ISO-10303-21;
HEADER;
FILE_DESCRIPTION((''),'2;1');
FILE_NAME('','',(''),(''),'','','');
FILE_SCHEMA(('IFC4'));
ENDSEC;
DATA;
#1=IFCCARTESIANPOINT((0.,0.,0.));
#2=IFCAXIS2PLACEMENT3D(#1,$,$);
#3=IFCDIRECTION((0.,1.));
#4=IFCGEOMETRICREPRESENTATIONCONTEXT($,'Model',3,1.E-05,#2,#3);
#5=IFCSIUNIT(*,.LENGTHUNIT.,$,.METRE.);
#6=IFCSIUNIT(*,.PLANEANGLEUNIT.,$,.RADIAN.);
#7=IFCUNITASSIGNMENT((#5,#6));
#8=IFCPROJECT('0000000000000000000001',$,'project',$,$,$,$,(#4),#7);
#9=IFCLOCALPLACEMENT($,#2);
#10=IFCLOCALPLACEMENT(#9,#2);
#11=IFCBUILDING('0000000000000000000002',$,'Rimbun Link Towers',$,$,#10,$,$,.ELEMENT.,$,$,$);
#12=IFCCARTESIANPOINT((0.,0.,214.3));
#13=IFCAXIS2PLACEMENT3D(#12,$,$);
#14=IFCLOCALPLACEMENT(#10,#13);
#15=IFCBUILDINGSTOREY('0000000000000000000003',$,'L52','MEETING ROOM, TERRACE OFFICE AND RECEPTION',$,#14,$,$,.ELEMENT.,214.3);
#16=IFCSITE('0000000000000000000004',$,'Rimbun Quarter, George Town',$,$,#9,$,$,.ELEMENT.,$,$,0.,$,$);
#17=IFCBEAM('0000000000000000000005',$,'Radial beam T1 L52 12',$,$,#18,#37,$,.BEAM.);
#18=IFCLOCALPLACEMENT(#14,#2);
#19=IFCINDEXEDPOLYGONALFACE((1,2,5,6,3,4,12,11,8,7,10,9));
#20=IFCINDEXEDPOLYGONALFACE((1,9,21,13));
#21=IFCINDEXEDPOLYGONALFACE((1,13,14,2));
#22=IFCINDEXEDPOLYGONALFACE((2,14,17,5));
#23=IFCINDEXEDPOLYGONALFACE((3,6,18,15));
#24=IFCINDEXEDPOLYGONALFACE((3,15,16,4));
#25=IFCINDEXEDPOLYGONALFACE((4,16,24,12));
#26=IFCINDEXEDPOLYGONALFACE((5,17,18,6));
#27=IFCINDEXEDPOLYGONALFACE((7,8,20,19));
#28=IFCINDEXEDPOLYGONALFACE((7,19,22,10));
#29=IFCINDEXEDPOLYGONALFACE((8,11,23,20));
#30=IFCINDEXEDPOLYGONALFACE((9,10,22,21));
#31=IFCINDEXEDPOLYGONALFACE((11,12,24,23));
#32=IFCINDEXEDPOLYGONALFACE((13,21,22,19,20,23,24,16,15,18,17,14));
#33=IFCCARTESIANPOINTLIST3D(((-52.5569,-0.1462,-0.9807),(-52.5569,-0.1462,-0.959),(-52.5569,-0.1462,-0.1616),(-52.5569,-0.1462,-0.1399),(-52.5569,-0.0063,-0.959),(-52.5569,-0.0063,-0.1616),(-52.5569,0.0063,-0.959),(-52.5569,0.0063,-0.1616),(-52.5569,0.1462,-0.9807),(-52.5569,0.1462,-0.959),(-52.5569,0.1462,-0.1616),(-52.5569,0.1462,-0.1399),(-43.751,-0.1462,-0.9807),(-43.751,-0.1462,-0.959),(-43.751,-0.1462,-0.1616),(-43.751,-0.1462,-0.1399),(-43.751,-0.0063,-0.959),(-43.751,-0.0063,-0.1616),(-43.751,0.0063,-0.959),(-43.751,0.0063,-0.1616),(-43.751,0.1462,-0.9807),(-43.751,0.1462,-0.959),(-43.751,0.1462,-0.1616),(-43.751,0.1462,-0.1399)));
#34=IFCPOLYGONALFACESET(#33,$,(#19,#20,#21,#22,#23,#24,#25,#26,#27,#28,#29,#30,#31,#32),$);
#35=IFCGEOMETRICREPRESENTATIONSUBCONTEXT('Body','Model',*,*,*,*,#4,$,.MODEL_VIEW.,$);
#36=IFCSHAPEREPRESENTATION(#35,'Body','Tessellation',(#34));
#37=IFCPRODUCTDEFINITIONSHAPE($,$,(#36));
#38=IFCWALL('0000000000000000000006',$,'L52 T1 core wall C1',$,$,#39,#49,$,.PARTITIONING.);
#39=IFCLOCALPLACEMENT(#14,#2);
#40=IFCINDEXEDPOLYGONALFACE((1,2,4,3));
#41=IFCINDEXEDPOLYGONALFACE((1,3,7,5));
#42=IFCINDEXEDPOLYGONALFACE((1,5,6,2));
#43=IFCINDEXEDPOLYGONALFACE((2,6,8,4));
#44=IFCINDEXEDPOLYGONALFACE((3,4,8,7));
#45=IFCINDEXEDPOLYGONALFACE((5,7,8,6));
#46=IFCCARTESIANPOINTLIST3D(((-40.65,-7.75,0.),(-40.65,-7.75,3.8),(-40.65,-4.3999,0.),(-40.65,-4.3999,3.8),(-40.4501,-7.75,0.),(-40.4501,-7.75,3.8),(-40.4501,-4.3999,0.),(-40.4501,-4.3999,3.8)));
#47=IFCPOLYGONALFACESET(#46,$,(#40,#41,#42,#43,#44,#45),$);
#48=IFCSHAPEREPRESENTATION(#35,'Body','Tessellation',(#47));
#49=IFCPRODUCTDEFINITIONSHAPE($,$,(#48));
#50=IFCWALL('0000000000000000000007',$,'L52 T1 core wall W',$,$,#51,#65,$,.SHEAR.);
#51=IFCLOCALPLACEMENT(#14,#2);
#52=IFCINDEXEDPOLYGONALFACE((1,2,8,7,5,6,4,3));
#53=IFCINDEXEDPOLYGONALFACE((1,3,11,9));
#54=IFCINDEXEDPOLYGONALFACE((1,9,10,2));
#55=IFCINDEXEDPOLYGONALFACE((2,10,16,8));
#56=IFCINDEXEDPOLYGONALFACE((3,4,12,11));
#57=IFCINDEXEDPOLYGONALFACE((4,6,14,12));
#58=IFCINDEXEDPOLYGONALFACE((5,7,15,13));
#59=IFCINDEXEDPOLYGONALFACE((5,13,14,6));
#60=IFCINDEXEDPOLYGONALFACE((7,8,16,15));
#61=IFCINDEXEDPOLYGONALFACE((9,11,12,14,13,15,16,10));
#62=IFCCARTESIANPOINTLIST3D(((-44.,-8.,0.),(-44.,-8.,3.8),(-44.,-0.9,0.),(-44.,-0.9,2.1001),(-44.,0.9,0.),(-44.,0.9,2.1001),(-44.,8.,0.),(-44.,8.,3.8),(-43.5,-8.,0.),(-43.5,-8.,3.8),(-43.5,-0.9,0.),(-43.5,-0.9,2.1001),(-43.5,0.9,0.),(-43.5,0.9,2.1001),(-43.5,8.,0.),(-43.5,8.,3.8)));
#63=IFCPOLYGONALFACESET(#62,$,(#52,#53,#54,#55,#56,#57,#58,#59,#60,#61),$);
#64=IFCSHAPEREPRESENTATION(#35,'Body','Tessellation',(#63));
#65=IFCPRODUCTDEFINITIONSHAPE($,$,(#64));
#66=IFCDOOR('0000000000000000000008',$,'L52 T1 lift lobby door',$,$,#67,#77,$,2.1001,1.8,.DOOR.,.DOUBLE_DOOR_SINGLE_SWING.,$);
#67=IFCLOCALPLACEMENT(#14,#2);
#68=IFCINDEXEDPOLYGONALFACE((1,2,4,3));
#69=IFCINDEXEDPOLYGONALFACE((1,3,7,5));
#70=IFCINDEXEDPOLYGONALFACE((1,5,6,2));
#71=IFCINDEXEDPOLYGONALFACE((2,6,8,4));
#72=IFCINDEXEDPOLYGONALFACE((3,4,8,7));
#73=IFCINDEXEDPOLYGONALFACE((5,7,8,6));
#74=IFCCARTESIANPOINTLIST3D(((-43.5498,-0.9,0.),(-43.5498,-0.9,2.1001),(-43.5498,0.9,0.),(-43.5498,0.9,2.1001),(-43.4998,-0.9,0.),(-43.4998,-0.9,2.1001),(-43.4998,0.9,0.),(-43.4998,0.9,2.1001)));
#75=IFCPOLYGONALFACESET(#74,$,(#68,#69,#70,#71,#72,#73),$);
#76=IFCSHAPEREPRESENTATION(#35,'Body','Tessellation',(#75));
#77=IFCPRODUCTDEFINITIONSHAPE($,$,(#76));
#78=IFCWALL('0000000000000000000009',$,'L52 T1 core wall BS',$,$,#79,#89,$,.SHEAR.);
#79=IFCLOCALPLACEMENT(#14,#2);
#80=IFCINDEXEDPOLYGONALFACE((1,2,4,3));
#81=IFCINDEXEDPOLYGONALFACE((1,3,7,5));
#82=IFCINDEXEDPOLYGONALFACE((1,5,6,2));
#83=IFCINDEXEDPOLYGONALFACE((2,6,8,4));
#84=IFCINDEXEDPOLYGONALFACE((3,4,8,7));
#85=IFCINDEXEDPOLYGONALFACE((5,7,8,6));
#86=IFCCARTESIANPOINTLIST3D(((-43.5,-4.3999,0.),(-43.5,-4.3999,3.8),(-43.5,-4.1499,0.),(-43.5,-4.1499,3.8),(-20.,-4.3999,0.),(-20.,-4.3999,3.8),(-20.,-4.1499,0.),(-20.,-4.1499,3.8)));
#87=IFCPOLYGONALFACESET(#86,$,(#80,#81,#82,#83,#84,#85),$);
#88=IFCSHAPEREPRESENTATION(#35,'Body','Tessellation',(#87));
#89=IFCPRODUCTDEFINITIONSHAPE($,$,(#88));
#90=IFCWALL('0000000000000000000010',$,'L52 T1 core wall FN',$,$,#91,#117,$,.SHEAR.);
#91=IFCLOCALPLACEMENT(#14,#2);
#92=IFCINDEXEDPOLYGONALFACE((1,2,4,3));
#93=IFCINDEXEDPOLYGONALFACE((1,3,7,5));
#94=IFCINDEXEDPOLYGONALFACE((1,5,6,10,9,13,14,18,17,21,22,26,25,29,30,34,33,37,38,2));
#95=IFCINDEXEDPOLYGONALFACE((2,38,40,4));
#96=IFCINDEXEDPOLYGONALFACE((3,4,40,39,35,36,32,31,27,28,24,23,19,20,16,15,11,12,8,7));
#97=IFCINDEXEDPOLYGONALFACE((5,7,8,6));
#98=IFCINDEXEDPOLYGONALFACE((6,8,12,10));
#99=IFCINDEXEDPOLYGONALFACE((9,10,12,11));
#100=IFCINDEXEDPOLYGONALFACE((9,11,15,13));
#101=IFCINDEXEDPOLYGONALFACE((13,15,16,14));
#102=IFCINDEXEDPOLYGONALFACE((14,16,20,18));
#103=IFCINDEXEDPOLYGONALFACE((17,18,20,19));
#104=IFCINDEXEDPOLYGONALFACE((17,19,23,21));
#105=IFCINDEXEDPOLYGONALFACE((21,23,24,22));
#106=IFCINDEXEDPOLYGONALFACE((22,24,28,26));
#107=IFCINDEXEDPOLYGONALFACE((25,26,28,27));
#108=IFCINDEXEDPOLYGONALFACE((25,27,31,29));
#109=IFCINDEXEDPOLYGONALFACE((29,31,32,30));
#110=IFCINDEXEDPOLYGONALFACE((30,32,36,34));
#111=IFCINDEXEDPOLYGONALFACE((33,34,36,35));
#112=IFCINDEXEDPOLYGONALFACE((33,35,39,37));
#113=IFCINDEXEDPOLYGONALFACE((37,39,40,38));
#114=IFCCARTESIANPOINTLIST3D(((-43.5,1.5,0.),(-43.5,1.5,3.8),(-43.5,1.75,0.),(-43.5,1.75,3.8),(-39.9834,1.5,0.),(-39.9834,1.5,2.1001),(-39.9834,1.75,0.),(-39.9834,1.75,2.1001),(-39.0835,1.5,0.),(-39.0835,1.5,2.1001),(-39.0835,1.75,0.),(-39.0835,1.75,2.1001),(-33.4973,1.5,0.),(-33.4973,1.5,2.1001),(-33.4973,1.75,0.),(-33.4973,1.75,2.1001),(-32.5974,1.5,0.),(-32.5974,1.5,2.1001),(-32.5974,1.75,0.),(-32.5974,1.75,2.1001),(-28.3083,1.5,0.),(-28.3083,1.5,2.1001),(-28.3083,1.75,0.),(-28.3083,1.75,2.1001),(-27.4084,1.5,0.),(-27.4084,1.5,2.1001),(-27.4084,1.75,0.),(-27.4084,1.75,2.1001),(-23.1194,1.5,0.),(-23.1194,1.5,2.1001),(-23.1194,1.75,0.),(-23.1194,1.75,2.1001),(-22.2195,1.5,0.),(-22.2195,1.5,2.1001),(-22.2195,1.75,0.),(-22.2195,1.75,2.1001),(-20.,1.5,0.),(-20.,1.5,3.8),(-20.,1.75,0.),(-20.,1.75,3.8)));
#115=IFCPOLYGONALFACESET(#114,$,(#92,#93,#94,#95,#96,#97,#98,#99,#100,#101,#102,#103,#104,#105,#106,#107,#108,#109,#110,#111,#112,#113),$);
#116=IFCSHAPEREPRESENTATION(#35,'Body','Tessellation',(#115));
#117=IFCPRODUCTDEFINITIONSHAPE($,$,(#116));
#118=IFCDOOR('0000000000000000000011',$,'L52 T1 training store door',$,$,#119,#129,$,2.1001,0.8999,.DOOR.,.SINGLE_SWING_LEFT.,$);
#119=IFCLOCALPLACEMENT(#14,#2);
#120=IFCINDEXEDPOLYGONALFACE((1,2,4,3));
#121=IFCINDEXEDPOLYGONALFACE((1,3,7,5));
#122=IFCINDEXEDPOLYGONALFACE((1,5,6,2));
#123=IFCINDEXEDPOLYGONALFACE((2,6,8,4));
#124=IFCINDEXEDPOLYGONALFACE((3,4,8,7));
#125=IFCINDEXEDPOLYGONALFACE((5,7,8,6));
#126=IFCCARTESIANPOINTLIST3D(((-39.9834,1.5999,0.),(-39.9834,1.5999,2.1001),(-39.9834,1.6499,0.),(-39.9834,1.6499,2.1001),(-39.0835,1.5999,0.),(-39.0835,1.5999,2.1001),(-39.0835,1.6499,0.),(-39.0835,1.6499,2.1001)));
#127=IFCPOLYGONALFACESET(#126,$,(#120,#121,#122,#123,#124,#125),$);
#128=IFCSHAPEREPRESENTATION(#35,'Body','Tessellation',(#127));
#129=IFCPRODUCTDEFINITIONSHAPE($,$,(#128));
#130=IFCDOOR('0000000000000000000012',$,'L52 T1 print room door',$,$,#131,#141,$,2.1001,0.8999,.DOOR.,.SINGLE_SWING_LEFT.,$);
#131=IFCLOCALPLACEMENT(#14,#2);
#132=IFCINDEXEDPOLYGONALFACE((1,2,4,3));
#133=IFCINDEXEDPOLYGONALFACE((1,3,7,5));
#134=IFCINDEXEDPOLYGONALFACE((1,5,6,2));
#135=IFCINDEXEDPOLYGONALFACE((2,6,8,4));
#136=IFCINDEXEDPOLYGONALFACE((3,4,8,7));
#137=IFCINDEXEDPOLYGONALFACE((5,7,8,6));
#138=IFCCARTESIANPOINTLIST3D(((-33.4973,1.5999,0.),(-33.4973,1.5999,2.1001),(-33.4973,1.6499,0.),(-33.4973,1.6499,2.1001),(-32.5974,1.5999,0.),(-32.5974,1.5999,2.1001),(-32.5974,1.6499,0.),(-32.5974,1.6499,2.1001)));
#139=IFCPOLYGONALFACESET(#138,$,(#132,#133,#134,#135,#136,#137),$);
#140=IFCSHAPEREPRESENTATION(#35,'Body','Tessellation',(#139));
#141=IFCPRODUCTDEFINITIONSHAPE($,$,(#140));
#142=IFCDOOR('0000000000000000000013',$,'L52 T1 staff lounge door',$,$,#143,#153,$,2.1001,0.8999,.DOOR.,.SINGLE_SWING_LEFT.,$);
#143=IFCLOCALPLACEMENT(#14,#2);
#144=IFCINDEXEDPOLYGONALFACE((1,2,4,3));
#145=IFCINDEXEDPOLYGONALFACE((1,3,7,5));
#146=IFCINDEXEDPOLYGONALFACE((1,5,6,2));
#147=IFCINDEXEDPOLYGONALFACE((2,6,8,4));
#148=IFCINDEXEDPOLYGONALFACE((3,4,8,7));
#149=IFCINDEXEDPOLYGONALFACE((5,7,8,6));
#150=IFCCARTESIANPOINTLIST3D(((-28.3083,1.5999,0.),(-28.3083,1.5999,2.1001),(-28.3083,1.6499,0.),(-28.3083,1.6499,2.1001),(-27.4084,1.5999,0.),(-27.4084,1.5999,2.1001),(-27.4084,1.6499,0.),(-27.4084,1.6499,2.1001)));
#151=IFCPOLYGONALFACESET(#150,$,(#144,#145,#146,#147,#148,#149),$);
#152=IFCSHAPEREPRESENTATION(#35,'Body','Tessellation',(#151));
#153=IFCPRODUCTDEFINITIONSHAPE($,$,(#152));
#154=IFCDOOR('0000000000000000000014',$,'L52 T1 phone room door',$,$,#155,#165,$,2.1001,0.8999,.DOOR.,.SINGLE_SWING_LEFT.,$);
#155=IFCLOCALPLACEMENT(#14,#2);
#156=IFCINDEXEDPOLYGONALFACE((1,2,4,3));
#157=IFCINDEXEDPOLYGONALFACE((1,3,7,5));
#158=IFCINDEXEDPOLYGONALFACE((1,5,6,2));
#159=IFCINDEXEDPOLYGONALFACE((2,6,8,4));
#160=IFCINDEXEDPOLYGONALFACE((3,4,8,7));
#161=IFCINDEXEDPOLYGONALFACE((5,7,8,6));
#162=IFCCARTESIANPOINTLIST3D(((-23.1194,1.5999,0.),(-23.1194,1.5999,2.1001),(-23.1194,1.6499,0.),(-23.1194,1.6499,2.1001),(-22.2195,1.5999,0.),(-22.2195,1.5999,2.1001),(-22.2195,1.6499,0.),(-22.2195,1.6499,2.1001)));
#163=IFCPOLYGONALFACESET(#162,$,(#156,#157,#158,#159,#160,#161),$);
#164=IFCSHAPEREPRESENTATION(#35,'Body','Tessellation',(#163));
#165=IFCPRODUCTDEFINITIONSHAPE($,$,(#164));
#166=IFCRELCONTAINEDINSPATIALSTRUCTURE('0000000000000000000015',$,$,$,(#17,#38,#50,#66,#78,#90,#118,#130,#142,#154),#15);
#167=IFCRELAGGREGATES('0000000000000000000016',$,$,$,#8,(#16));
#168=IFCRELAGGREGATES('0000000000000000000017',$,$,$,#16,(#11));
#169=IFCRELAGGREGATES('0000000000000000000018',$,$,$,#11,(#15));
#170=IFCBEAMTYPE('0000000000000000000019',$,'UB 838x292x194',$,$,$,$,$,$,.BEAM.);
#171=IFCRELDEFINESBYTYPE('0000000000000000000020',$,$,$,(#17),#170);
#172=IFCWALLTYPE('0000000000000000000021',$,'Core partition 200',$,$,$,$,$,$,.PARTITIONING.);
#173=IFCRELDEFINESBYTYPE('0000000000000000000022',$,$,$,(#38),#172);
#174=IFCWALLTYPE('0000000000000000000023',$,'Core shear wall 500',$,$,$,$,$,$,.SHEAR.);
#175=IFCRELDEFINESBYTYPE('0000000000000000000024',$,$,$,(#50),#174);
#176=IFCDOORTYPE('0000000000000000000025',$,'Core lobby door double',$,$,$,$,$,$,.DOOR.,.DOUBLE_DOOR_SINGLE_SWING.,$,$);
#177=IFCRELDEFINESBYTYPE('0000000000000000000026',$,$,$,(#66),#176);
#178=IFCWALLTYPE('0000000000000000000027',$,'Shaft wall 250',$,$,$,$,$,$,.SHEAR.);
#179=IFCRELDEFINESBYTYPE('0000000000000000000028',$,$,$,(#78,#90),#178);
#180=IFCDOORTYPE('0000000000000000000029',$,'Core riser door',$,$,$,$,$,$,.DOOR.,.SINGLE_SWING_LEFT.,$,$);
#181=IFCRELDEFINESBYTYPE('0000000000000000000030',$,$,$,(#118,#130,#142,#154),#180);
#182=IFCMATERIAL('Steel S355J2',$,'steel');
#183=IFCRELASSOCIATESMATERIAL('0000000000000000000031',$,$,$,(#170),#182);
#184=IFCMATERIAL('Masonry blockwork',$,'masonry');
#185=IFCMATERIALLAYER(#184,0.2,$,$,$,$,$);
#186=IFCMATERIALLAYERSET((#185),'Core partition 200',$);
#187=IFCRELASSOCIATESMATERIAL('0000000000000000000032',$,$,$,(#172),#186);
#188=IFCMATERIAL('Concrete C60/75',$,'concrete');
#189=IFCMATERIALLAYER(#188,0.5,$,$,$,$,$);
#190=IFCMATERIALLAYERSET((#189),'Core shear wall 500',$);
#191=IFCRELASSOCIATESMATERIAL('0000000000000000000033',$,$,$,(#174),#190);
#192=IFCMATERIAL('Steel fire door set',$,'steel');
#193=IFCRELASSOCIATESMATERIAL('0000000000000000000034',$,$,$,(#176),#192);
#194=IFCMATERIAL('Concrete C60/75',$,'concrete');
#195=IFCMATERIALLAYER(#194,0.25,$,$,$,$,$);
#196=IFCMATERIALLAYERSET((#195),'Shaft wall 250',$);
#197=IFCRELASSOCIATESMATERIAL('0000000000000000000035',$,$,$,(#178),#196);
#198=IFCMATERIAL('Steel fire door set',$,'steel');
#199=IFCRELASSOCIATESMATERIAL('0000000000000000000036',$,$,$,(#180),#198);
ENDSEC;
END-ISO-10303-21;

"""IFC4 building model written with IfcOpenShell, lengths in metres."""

from ifc_helpers import new_model, si_unit, direction, frame, frame_2d, origin, origin_2d, place, context, subcontext, project, spatial, rectangle, i_section, extrude, material, layer, layer_set, material_profile, profile_set, type_object, element, fill, save


model = new_model("IFC4")

# Units and contexts
model_context = context("Model", 3, precision=1e-05, world=origin(), true_north=direction((0.0, 1.0)))
body_context = subcontext(model_context, "Body", "Model", "MODEL_VIEW")
ifc_project = project(units=[si_unit("LENGTHUNIT", "METRE"), si_unit("PLANEANGLEUNIT", "RADIAN")], contexts=[model_context])

# Site, building, storey
site_placement = place(None, origin())
site = spatial("IfcSite", under=ifc_project, at=site_placement, Name="Rimbun Quarter, George Town", CompositionType="ELEMENT", RefElevation=0.0)
building_placement = place(site_placement, origin())
building = spatial("IfcBuilding", under=site, at=building_placement, Name="Rimbun Link Towers", CompositionType="ELEMENT")
storey_placement = place(building_placement, frame((0.0, 0.0, 214.3)))
storey = spatial("IfcBuildingStorey", under=building, at=storey_placement, Name="L52", Description="MEETING ROOM, TERRACE OFFICE AND RECEPTION", CompositionType="ELEMENT", Elevation=214.3)

# Beam
ifc_material_1 = material(Name="Steel S355J2", Category="steel")
ifc_material_profile = material_profile(ifc_material_1, i_section(OverallWidth=0.2925, OverallDepth=0.8408, WebThickness=0.0127, FlangeThickness=0.0217, at=origin_2d()), Name="UB 838x292x194")
ifc_profile_set = profile_set([ifc_material_profile], Name="Steel S355J2")
beam_type = type_object("IfcBeamType", Name="UB 838x292x194", PredefinedType="BEAM", material=ifc_profile_set)
beam_placement = place(storey_placement, frame((-43.751, 0.0, -0.5603), z_axis=(-1.0, 0.0, 0.0), x_axis=(0.0, -1.0, 0.0)))
element("IfcBeam", 1, at=beam_placement, inside=storey, type_object=beam_type, Name="Radial beam T1 L52 12", PredefinedType="BEAM", context=body_context, shape_type="SweptSolid", body=[
    extrude(i_section(OverallWidth=0.2925, OverallDepth=0.8408, WebThickness=0.0127, FlangeThickness=0.0217, at=origin_2d()), origin(), (0.0, 0.0, 1.0), 8.8059),
])

# Wall
ifc_material_2 = material(Name="Masonry blockwork", Category="masonry")
ifc_layer_1 = layer(ifc_material_2, 0.2)
ifc_layer_set_1 = layer_set([ifc_layer_1], Name="Core partition 200")
wall_type_1 = type_object("IfcWallType", Name="Core partition 200", PredefinedType="PARTITIONING", material=ifc_layer_set_1)
wall_1_placement = place(storey_placement, frame((-40.55, -4.3999, 0.0), z_axis=(0.0, 0.0, 1.0), x_axis=(0.0, -1.0, 0.0)))
element("IfcWall", 2, at=wall_1_placement, inside=storey, type_object=wall_type_1, Name="L52 T1 core wall C1", PredefinedType="PARTITIONING", context=body_context, shape_type="SweptSolid", body=[
    extrude(rectangle(XDim=3.3501, YDim=0.2, at=frame_2d((1.675, 0.0))), origin(), (0.0, 0.0, 1.0), 3.8),
])

# Wall, opening, door
ifc_material_3 = material(Name="Concrete C60/75", Category="concrete")
ifc_layer_2 = layer(ifc_material_3, 0.5)
ifc_layer_set_2 = layer_set([ifc_layer_2], Name="Core shear wall 500")
wall_type_2 = type_object("IfcWallType", Name="Core shear wall 500", PredefinedType="SHEAR", material=ifc_layer_set_2)
wall_2_placement = place(storey_placement, frame((-43.75, -8.0, 0.0), z_axis=(0.0, 0.0, 1.0), x_axis=(0.0, 1.0, 0.0)))
wall_2 = element("IfcWall", 3, at=wall_2_placement, inside=storey, type_object=wall_type_2, Name="L52 T1 core wall W", PredefinedType="SHEAR", context=body_context, shape_type="SweptSolid", body=[
    extrude(rectangle(XDim=16.0, YDim=0.5, at=frame_2d((8.0, 0.0))), origin(), (0.0, 0.0, 1.0), 3.8),
])
opening_1_placement = place(wall_2_placement, frame((7.1001, 0.0, 0.0)))
opening_1 = element("IfcOpeningElement", 4, at=opening_1_placement, cuts=wall_2, PredefinedType="OPENING", context=body_context, shape_type="SweptSolid", body=[
    extrude(rectangle(XDim=1.8, YDim=2.1001, at=frame_2d((0.8999, 1.05))), frame((0.0, 0.26, 0.0), z_axis=(0.0, -1.0, 0.0), x_axis=(1.0, 0.0, 0.0)), (0.0, 0.0, 1.0), 0.52),
])
ifc_material_4 = material(Name="Steel fire door set", Category="steel")
door_type_1 = type_object("IfcDoorType", Name="Core lobby door double", OperationType="DOUBLE_DOOR_SINGLE_SWING", PredefinedType="DOOR", material=ifc_material_4)
door_1_placement = place(opening_1_placement, origin())
door_1 = element("IfcDoor", 5, at=door_1_placement, inside=storey, type_object=door_type_1, Name="L52 T1 lift lobby door", OperationType="DOUBLE_DOOR_SINGLE_SWING", OverallHeight=2.1001, OverallWidth=1.8, PredefinedType="DOOR", context=body_context, shape_type="SweptSolid", body=[
    extrude(rectangle(XDim=1.8, YDim=2.1001, at=frame_2d((0.8999, 1.05))), frame((0.0, -0.2002, 0.0), z_axis=(0.0, -1.0, 0.0), x_axis=(1.0, 0.0, 0.0)), (0.0, 0.0, 1.0), 0.05),
])
fill(opening_1, door_1)

# Wall
ifc_material_5 = material(Name="Concrete C60/75", Category="concrete")
ifc_layer_3 = layer(ifc_material_5, 0.25)
ifc_layer_set_3 = layer_set([ifc_layer_3], Name="Shaft wall 250")
wall_type_3 = type_object("IfcWallType", Name="Shaft wall 250", PredefinedType="SHEAR", material=ifc_layer_set_3)
wall_3_placement = place(storey_placement, frame((-43.5, -4.2749, 0.0), z_axis=(0.0, 0.0, 1.0), x_axis=(1.0, 0.0, 0.0)))
element("IfcWall", 6, at=wall_3_placement, inside=storey, type_object=wall_type_3, Name="L52 T1 core wall BS", PredefinedType="SHEAR", context=body_context, shape_type="SweptSolid", body=[
    extrude(rectangle(XDim=23.5, YDim=0.25, at=frame_2d((11.75, 0.0))), origin(), (0.0, 0.0, 1.0), 3.8),
])

# Wall, openings, doors
wall_4_placement = place(storey_placement, frame((-43.5, 1.625, 0.0), z_axis=(0.0, 0.0, 1.0), x_axis=(1.0, 0.0, 0.0)))
wall_4 = element("IfcWall", 7, at=wall_4_placement, inside=storey, type_object=wall_type_3, Name="L52 T1 core wall FN", PredefinedType="SHEAR", context=body_context, shape_type="SweptSolid", body=[
    extrude(rectangle(XDim=23.5, YDim=0.25, at=frame_2d((11.75, 0.0))), origin(), (0.0, 0.0, 1.0), 3.8),
])
opening_2_placement = place(wall_4_placement, frame((3.5166, 0.0, 0.0)))
opening_2 = element("IfcOpeningElement", 8, at=opening_2_placement, cuts=wall_4, PredefinedType="OPENING", context=body_context, shape_type="SweptSolid", body=[
    extrude(rectangle(XDim=0.8999, YDim=2.1001, at=frame_2d((0.45, 1.05))), frame((0.0, 0.135, 0.0), z_axis=(0.0, -1.0, 0.0), x_axis=(1.0, 0.0, 0.0)), (0.0, 0.0, 1.0), 0.27),
])
opening_3_placement = place(wall_4_placement, frame((10.0027, 0.0, 0.0)))
opening_3 = element("IfcOpeningElement", 9, at=opening_3_placement, cuts=wall_4, PredefinedType="OPENING", context=body_context, shape_type="SweptSolid", body=[
    extrude(rectangle(XDim=0.8999, YDim=2.1001, at=frame_2d((0.45, 1.05))), frame((0.0, 0.135, 0.0), z_axis=(0.0, -1.0, 0.0), x_axis=(1.0, 0.0, 0.0)), (0.0, 0.0, 1.0), 0.27),
])
opening_4_placement = place(wall_4_placement, frame((15.1917, 0.0, 0.0)))
opening_4 = element("IfcOpeningElement", 10, at=opening_4_placement, cuts=wall_4, PredefinedType="OPENING", context=body_context, shape_type="SweptSolid", body=[
    extrude(rectangle(XDim=0.8999, YDim=2.1001, at=frame_2d((0.45, 1.05))), frame((0.0, 0.135, 0.0), z_axis=(0.0, -1.0, 0.0), x_axis=(1.0, 0.0, 0.0)), (0.0, 0.0, 1.0), 0.27),
])
opening_5_placement = place(wall_4_placement, frame((20.3806, 0.0, 0.0)))
opening_5 = element("IfcOpeningElement", 11, at=opening_5_placement, cuts=wall_4, PredefinedType="OPENING", context=body_context, shape_type="SweptSolid", body=[
    extrude(rectangle(XDim=0.8999, YDim=2.1001, at=frame_2d((0.45, 1.05))), frame((0.0, 0.135, 0.0), z_axis=(0.0, -1.0, 0.0), x_axis=(1.0, 0.0, 0.0)), (0.0, 0.0, 1.0), 0.27),
])
ifc_material_6 = material(Name="Steel fire door set", Category="steel")
door_type_2 = type_object("IfcDoorType", Name="Core riser door", OperationType="SINGLE_SWING_LEFT", PredefinedType="DOOR", material=ifc_material_6)
door_2_placement = place(opening_2_placement, origin())
door_2 = element("IfcDoor", 12, at=door_2_placement, inside=storey, type_object=door_type_2, Name="L52 T1 training store door", OperationType="SINGLE_SWING_LEFT", OverallHeight=2.1001, OverallWidth=0.8999, PredefinedType="DOOR", context=body_context, shape_type="SweptSolid", body=[
    extrude(rectangle(XDim=0.8999, YDim=2.1001, at=frame_2d((0.45, 1.05))), frame((0.0, 0.0249, 0.0), z_axis=(0.0, -1.0, 0.0), x_axis=(1.0, 0.0, 0.0)), (0.0, 0.0, 1.0), 0.05),
])
fill(opening_2, door_2)
door_3_placement = place(opening_3_placement, origin())
door_3 = element("IfcDoor", 13, at=door_3_placement, inside=storey, type_object=door_type_2, Name="L52 T1 print room door", OperationType="SINGLE_SWING_LEFT", OverallHeight=2.1001, OverallWidth=0.8999, PredefinedType="DOOR", context=body_context, shape_type="SweptSolid", body=[
    extrude(rectangle(XDim=0.8999, YDim=2.1001, at=frame_2d((0.45, 1.05))), frame((0.0, 0.0249, 0.0), z_axis=(0.0, -1.0, 0.0), x_axis=(1.0, 0.0, 0.0)), (0.0, 0.0, 1.0), 0.05),
])
fill(opening_3, door_3)
door_4_placement = place(opening_4_placement, origin())
door_4 = element("IfcDoor", 14, at=door_4_placement, inside=storey, type_object=door_type_2, Name="L52 T1 staff lounge door", OperationType="SINGLE_SWING_LEFT", OverallHeight=2.1001, OverallWidth=0.8999, PredefinedType="DOOR", context=body_context, shape_type="SweptSolid", body=[
    extrude(rectangle(XDim=0.8999, YDim=2.1001, at=frame_2d((0.45, 1.05))), frame((0.0, 0.0249, 0.0), z_axis=(0.0, -1.0, 0.0), x_axis=(1.0, 0.0, 0.0)), (0.0, 0.0, 1.0), 0.05),
])
fill(opening_4, door_4)
door_5_placement = place(opening_5_placement, origin())
door_5 = element("IfcDoor", 15, at=door_5_placement, inside=storey, type_object=door_type_2, Name="L52 T1 phone room door", OperationType="SINGLE_SWING_LEFT", OverallHeight=2.1001, OverallWidth=0.8999, PredefinedType="DOOR", context=body_context, shape_type="SweptSolid", body=[
    extrude(rectangle(XDim=0.8999, YDim=2.1001, at=frame_2d((0.45, 1.05))), frame((0.0, 0.0249, 0.0), z_axis=(0.0, -1.0, 0.0), x_axis=(1.0, 0.0, 0.0)), (0.0, 0.0, 1.0), 0.05),
])
fill(opening_5, door_5)

save(model, "model.ifc")
